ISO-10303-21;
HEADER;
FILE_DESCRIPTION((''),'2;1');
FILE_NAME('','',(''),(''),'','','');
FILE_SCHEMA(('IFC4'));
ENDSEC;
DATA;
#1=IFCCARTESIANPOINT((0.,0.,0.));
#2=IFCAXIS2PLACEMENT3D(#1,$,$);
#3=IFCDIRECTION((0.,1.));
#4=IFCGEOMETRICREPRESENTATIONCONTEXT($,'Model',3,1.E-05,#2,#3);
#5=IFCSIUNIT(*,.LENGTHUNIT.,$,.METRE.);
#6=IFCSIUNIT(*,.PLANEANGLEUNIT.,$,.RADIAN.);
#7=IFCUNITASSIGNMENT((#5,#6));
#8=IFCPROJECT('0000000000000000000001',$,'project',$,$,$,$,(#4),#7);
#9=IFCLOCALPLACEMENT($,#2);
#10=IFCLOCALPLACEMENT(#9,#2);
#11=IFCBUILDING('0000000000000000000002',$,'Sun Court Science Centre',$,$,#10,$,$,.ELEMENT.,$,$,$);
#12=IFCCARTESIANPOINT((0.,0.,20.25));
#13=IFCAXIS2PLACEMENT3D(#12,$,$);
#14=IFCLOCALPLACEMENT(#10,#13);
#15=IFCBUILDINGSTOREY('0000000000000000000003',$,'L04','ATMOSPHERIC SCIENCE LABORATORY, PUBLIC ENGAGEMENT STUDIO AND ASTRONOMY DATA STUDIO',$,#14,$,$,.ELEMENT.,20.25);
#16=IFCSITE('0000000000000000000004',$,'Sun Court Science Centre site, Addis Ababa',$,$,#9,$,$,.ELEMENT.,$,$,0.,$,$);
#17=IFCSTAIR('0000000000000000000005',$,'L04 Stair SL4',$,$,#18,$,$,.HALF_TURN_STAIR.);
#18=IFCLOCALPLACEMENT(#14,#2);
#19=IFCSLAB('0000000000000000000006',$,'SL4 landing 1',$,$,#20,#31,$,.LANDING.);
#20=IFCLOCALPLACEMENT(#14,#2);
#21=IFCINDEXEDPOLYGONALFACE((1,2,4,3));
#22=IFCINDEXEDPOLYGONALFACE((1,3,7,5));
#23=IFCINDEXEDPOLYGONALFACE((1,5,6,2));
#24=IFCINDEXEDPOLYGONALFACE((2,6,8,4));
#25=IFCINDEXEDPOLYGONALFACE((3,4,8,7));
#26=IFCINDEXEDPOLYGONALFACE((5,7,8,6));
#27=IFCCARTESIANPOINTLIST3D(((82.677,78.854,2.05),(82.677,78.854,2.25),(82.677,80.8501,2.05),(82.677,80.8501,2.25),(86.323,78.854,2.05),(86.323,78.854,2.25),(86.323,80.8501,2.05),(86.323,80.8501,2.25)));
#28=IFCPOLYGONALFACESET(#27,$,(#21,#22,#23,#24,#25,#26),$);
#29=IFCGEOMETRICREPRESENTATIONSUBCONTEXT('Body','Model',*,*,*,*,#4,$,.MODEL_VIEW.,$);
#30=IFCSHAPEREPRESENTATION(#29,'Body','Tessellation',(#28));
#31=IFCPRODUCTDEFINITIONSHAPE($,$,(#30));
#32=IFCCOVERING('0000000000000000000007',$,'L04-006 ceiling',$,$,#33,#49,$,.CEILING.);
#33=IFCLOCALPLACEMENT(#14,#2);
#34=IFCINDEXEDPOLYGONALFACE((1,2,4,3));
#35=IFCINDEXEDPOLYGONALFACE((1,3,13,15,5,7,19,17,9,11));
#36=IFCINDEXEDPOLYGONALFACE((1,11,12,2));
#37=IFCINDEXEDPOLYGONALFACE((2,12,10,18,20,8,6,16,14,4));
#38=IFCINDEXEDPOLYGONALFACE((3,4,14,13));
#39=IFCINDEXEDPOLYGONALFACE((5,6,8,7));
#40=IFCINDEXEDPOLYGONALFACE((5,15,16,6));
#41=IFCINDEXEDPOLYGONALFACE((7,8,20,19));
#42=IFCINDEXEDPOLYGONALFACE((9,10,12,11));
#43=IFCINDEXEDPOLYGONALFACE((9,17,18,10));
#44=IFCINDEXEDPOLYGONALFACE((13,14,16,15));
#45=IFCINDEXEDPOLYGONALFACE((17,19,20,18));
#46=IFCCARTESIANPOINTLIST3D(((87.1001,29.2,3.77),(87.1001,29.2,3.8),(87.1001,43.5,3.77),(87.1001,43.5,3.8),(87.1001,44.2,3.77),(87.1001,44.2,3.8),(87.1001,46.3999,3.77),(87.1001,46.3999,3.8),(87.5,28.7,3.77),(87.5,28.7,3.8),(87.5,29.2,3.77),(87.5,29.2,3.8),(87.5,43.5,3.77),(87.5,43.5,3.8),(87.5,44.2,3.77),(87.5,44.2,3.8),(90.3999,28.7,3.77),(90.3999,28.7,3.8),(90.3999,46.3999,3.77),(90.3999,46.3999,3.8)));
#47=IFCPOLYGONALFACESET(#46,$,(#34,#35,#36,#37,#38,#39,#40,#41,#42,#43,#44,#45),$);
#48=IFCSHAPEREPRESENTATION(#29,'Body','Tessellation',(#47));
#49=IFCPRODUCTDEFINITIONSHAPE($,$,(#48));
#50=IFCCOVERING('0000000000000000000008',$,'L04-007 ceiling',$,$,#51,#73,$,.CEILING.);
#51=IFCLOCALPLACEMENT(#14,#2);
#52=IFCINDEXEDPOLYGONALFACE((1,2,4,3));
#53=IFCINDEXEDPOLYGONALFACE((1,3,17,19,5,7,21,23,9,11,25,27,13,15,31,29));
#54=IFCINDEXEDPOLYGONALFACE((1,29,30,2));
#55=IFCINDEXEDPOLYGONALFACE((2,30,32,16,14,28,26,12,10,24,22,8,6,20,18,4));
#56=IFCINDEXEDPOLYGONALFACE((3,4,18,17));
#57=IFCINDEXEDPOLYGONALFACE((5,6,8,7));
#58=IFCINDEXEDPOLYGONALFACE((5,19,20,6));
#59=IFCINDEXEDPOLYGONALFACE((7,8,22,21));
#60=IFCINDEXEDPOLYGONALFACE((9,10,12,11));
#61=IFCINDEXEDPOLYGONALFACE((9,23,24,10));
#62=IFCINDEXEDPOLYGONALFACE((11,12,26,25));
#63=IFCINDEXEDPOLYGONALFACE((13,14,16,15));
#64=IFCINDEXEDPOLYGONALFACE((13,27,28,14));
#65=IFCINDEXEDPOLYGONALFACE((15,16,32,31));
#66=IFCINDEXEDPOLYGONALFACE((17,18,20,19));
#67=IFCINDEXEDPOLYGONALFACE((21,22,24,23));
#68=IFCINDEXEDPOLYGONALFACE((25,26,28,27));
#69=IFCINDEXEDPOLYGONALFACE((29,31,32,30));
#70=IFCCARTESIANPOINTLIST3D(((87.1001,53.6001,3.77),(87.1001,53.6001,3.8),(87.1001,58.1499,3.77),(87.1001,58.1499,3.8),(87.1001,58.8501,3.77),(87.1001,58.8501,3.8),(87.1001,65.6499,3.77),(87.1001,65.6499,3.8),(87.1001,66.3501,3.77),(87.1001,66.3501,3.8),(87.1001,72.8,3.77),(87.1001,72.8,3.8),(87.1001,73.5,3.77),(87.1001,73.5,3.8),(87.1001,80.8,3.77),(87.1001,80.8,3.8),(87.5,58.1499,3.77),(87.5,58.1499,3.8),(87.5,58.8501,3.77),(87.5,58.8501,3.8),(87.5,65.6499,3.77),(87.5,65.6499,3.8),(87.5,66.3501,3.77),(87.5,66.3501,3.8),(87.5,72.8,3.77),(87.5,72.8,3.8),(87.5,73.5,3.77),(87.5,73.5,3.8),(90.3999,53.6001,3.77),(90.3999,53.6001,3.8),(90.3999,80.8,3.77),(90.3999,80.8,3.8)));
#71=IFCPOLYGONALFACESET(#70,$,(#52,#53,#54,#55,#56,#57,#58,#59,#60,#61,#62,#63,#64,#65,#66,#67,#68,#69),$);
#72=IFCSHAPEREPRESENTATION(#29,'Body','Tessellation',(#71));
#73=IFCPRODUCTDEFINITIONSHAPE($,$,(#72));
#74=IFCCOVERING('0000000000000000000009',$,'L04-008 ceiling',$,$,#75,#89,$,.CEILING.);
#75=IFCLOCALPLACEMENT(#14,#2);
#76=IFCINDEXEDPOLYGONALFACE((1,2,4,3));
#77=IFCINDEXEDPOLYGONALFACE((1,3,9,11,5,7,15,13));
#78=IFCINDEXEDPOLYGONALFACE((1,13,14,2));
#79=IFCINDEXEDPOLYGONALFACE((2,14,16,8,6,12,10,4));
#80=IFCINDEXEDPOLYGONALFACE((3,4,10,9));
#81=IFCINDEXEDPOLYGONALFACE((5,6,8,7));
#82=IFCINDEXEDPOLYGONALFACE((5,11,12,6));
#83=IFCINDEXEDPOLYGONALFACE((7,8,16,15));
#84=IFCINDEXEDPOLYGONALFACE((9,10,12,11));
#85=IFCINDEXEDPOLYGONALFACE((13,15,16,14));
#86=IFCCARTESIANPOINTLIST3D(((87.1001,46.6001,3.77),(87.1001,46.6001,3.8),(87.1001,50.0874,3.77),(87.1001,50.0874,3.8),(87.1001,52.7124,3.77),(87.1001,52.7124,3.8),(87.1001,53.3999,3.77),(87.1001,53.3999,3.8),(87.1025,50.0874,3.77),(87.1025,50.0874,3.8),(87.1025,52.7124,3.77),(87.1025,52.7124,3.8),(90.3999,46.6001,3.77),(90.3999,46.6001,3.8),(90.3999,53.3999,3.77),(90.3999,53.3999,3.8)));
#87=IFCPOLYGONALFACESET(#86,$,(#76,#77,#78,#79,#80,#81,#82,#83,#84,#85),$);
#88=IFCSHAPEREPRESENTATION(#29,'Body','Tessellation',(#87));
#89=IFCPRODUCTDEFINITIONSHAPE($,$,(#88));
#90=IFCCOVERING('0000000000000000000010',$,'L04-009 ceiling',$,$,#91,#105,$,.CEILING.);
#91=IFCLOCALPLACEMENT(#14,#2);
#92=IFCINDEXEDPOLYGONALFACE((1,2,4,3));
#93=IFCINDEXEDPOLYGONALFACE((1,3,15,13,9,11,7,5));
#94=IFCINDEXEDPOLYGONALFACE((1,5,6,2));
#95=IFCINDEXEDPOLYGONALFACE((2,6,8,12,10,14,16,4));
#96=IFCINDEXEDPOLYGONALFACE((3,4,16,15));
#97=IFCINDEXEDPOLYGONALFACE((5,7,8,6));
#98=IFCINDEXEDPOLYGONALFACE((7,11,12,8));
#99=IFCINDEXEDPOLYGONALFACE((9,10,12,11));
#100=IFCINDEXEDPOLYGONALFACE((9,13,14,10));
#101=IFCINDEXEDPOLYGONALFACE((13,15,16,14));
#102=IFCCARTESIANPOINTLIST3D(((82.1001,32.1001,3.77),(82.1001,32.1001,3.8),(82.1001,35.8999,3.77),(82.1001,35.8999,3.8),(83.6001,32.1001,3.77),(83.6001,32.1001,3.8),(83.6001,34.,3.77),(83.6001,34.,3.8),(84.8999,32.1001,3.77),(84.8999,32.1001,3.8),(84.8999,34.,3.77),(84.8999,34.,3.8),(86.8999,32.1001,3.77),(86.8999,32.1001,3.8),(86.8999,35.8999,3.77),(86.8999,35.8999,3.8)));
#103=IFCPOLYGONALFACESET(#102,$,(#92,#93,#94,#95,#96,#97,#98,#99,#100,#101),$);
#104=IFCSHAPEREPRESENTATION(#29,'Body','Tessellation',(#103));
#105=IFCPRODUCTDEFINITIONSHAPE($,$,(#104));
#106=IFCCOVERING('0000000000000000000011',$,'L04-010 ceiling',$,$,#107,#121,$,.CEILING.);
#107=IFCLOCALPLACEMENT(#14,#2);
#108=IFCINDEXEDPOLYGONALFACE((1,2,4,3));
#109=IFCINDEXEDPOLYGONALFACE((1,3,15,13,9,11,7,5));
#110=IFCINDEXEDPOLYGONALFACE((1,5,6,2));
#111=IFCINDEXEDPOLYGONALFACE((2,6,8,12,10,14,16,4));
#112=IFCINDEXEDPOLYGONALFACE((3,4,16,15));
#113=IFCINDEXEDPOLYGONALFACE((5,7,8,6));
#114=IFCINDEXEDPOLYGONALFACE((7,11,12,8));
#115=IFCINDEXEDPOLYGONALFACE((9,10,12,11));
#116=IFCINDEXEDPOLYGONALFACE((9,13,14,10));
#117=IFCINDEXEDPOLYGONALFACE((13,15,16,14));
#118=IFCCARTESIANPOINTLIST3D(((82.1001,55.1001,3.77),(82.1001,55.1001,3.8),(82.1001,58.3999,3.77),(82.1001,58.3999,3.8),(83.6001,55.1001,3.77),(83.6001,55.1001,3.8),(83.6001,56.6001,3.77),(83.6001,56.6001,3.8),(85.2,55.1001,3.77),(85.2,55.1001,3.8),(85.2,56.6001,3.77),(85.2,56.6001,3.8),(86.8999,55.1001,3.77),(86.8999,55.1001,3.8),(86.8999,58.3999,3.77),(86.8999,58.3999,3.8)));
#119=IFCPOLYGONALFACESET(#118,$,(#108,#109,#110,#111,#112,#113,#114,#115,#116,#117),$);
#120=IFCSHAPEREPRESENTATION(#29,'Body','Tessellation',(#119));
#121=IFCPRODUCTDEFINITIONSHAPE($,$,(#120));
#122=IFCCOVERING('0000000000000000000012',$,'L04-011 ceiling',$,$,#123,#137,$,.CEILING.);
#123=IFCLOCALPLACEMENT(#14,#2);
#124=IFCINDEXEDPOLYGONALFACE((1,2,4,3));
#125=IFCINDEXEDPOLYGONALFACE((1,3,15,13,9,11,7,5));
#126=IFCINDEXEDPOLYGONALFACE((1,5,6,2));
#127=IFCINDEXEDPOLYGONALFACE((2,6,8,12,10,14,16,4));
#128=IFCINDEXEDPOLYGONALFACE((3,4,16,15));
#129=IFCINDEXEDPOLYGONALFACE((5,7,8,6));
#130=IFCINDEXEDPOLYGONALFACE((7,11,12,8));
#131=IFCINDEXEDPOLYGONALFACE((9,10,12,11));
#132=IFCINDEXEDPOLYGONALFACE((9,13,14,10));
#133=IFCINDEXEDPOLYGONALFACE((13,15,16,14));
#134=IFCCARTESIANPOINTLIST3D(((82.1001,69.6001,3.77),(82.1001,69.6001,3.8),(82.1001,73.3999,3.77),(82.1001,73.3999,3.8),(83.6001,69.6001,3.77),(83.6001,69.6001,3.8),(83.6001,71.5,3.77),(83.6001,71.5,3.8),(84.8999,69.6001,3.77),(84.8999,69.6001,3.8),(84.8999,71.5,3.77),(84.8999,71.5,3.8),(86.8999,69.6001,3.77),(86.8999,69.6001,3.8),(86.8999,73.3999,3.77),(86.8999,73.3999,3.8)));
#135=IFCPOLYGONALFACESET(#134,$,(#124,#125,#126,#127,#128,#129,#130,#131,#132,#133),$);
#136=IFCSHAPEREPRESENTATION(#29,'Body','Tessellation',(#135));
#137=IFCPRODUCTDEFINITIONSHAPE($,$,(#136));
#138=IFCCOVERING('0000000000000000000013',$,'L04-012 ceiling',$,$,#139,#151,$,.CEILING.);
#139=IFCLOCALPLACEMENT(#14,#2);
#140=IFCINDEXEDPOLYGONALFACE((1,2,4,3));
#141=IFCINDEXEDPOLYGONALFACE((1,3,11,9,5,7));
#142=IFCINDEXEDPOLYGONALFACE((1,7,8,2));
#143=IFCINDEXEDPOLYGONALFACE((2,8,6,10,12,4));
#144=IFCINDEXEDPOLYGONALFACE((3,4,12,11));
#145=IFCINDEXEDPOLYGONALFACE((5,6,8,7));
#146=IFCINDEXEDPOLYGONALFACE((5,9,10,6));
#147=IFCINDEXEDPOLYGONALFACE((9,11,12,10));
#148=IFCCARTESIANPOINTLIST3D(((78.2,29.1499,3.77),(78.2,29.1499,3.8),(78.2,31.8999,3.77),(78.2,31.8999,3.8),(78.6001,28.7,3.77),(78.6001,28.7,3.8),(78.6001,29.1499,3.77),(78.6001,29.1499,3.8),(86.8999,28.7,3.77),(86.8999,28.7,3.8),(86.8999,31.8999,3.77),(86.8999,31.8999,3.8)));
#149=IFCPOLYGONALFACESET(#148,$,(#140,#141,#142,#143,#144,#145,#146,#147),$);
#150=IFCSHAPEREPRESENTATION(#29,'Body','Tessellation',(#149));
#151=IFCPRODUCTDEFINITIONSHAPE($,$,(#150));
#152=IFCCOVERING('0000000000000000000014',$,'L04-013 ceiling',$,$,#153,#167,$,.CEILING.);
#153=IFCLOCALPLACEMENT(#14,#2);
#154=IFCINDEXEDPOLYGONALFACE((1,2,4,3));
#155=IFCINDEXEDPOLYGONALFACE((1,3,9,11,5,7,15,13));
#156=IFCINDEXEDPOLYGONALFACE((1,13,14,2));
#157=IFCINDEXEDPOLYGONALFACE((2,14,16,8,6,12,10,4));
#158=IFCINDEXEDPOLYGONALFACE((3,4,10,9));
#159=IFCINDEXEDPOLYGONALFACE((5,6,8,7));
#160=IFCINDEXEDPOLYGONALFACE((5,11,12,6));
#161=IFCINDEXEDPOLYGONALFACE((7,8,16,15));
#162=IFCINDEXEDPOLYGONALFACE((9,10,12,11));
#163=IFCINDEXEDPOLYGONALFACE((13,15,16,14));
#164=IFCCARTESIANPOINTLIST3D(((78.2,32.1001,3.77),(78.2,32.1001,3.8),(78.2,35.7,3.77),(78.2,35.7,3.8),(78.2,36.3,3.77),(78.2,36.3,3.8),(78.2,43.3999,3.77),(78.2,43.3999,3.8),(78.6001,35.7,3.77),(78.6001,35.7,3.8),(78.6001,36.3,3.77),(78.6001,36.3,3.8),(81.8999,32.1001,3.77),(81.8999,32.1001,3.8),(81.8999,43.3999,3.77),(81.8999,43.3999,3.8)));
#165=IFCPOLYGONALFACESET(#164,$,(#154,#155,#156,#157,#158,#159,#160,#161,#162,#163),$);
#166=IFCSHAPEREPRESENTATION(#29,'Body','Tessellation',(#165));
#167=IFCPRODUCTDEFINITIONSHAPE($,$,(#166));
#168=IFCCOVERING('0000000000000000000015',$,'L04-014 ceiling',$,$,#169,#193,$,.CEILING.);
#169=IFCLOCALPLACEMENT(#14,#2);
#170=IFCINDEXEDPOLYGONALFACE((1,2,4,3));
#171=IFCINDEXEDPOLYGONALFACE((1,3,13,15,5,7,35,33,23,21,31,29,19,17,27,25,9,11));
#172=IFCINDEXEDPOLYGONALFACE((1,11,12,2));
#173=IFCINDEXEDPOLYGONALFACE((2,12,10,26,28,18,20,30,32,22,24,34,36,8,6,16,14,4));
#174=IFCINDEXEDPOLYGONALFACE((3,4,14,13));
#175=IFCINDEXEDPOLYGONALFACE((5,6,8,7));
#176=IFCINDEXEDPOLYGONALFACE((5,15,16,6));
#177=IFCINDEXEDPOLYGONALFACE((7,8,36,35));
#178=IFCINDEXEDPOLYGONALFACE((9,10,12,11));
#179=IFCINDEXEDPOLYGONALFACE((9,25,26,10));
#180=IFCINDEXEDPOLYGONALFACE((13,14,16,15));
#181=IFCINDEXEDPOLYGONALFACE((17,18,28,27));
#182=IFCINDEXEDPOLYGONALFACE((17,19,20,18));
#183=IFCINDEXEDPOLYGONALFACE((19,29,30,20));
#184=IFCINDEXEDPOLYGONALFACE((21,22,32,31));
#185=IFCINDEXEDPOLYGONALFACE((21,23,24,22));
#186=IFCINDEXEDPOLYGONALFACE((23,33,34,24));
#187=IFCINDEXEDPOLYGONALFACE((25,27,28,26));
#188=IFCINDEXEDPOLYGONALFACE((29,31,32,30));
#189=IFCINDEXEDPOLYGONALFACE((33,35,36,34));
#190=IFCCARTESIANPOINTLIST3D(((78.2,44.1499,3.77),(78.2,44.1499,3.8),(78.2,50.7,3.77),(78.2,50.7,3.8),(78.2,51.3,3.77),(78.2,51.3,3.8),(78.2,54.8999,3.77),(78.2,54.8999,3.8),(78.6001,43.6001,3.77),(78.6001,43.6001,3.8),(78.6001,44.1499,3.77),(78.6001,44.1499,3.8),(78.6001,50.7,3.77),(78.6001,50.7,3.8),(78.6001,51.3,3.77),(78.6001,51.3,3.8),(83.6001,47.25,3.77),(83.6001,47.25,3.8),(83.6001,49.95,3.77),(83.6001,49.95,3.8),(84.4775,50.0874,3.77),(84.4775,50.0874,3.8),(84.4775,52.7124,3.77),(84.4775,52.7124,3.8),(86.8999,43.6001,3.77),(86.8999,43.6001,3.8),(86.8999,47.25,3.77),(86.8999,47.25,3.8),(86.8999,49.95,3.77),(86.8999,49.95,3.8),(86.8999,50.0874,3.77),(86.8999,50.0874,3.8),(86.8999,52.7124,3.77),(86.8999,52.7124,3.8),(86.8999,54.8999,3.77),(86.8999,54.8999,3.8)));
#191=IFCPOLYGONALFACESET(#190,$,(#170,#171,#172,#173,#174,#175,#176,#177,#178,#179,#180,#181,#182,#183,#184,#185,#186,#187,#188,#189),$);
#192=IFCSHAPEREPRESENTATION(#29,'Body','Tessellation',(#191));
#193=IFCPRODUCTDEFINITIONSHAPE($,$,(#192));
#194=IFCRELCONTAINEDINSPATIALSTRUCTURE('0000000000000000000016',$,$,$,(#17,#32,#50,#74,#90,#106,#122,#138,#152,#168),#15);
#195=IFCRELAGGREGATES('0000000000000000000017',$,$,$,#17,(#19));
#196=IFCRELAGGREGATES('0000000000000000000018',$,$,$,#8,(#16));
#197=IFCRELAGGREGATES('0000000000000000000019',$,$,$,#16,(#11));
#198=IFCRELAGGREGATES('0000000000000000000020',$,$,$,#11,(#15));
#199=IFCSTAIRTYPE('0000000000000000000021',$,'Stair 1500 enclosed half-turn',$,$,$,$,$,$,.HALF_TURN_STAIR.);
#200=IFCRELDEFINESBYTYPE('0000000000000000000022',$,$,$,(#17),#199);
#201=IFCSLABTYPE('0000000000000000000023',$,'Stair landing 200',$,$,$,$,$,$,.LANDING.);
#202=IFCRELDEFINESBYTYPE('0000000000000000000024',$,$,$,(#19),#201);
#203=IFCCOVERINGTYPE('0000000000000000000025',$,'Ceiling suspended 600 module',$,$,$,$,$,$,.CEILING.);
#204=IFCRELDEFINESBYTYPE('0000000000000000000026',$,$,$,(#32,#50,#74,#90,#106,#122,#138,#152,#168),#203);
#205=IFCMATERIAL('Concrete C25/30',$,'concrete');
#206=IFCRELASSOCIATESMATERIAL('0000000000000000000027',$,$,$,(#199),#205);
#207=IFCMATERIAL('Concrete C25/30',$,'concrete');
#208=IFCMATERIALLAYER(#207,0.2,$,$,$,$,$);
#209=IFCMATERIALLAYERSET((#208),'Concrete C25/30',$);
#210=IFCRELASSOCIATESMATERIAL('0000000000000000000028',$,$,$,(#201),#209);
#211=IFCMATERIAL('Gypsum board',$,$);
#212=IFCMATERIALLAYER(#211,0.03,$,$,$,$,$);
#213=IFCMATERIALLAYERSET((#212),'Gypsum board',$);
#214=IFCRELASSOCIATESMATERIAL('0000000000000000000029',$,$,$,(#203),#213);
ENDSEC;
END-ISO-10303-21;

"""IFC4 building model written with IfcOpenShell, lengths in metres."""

from ifc_helpers import new_model, si_unit, direction, frame, origin, place, context, subcontext, project, spatial, polyline, outline, extrude, material, layer, layer_set, type_object, element, aggregate, save


model = new_model("IFC4")

# Units and contexts
model_context = context("Model", 3, precision=1e-05, world=origin(), true_north=direction((0.0, 1.0)))
body_context = subcontext(model_context, "Body", "Model", "MODEL_VIEW")
ifc_project = project(units=[si_unit("LENGTHUNIT", "METRE"), si_unit("PLANEANGLEUNIT", "RADIAN")], contexts=[model_context])

# Site, building, storey
site_placement = place(None, origin())
site = spatial("IfcSite", under=ifc_project, at=site_placement, Name="Sun Court Science Centre site, Addis Ababa", CompositionType="ELEMENT", RefElevation=0.0)
building_placement = place(site_placement, origin())
building = spatial("IfcBuilding", under=site, at=building_placement, Name="Sun Court Science Centre", CompositionType="ELEMENT")
storey_placement = place(building_placement, frame((0.0, 0.0, 20.25)))
storey = spatial("IfcBuildingStorey", under=building, at=storey_placement, Name="L04", Description="ATMOSPHERIC SCIENCE LABORATORY, PUBLIC ENGAGEMENT STUDIO AND ASTRONOMY DATA STUDIO", CompositionType="ELEMENT", Elevation=20.25)

# Stair, slab
ifc_material_1 = material(Name="Concrete C25/30", Category="concrete")
stair_type = type_object("IfcStairType", Name="Stair 1500 enclosed half-turn", PredefinedType="HALF_TURN_STAIR", material=ifc_material_1)
ifc_material_2 = material(Name="Concrete C25/30", Category="concrete")
ifc_layer_1 = layer(ifc_material_2, 0.2)
ifc_layer_set_1 = layer_set([ifc_layer_1], Name="Concrete C25/30")
slab_type_1 = type_object("IfcSlabType", Name="Stair landing 200", PredefinedType="LANDING", material=ifc_layer_set_1)
stair_1_placement = place(storey_placement, origin())
stair_1 = element("IfcStair", 1, at=stair_1_placement, inside=storey, type_object=stair_type, Name="L04 Stair SL4", PredefinedType="HALF_TURN_STAIR")
slab_1_placement = place(storey_placement, frame((0.0, 0.0, 2.05)))
slab_1 = element("IfcSlab", 2, at=slab_1_placement, type_object=slab_type_1, Name="SL4 landing 1", PredefinedType="LANDING", context=body_context, shape_type="SweptSolid", body=[
    extrude(outline(polyline([(86.323, 78.854), (86.323, 80.8501), (82.677, 80.8501), (82.677, 78.854), (86.323, 78.854)])), origin(), (0.0, 0.0, 1.0), 0.2),
])
aggregate(stair_1, [slab_1])

# Coverings
ifc_material_3 = material(Name="Gypsum board")
ifc_layer_2 = layer(ifc_material_3, 0.03)
ifc_layer_set_2 = layer_set([ifc_layer_2], Name="Gypsum board")
covering_type_1 = type_object("IfcCoveringType", Name="Ceiling suspended 600 module", PredefinedType="CEILING", material=ifc_layer_set_2)
covering_1_placement = place(storey_placement, frame((0.0, 0.0, 3.77)))
element("IfcCovering", 3, at=covering_1_placement, inside=storey, type_object=covering_type_1, Name="L04-006 ceiling", PredefinedType="CEILING", context=body_context, shape_type="SweptSolid", body=[
    extrude(outline(polyline([(87.1001, 29.2), (87.1001, 43.5), (87.5, 43.5), (87.5, 44.2), (87.1001, 44.2), (87.1001, 46.3999), (90.3999, 46.3999), (90.3999, 28.7), (87.5, 28.7), (87.5, 29.2), (87.1001, 29.2)])), origin(), (0.0, 0.0, 1.0), 0.03),
])
covering_2_placement = place(storey_placement, frame((0.0, 0.0, 3.77)))
element("IfcCovering", 4, at=covering_2_placement, inside=storey, type_object=covering_type_1, Name="L04-007 ceiling", PredefinedType="CEILING", context=body_context, shape_type="SweptSolid", body=[
    extrude(outline(polyline([(90.3999, 80.8), (90.3999, 53.6001), (87.1001, 53.6001), (87.1001, 58.1499), (87.5, 58.1499), (87.5, 58.8501), (87.1001, 58.8501), (87.1001, 65.6499), (87.5, 65.6499), (87.5, 66.3501), (87.1001, 66.3501), (87.1001, 72.8), (87.5, 72.8), (87.5, 73.5), (87.1001, 73.5), (87.1001, 80.8), (90.3999, 80.8)])), origin(), (0.0, 0.0, 1.0), 0.03),
])
covering_3_placement = place(storey_placement, frame((0.0, 0.0, 3.77)))
element("IfcCovering", 5, at=covering_3_placement, inside=storey, type_object=covering_type_1, Name="L04-008 ceiling", PredefinedType="CEILING", context=body_context, shape_type="SweptSolid", body=[
    extrude(outline(polyline([(90.3999, 46.6001), (87.1001, 46.6001), (87.1001, 50.0874), (87.1025, 50.0874), (87.1025, 52.7124), (87.1001, 52.7124), (87.1001, 53.3999), (90.3999, 53.3999), (90.3999, 46.6001)])), origin(), (0.0, 0.0, 1.0), 0.03),
])
covering_4_placement = place(storey_placement, frame((0.0, 0.0, 3.77)))
element("IfcCovering", 6, at=covering_4_placement, inside=storey, type_object=covering_type_1, Name="L04-009 ceiling", PredefinedType="CEILING", context=body_context, shape_type="SweptSolid", body=[
    extrude(outline(polyline([(84.8999, 34.0), (83.6001, 34.0), (83.6001, 32.1001), (82.1001, 32.1001), (82.1001, 35.8999), (86.8999, 35.8999), (86.8999, 32.1001), (84.8999, 32.1001), (84.8999, 34.0)])), origin(), (0.0, 0.0, 1.0), 0.03),
])
covering_5_placement = place(storey_placement, frame((0.0, 0.0, 3.77)))
element("IfcCovering", 7, at=covering_5_placement, inside=storey, type_object=covering_type_1, Name="L04-010 ceiling", PredefinedType="CEILING", context=body_context, shape_type="SweptSolid", body=[
    extrude(outline(polyline([(85.2, 56.6001), (83.6001, 56.6001), (83.6001, 55.1001), (82.1001, 55.1001), (82.1001, 58.3999), (86.8999, 58.3999), (86.8999, 55.1001), (85.2, 55.1001), (85.2, 56.6001)])), origin(), (0.0, 0.0, 1.0), 0.03),
])
covering_6_placement = place(storey_placement, frame((0.0, 0.0, 3.77)))
element("IfcCovering", 8, at=covering_6_placement, inside=storey, type_object=covering_type_1, Name="L04-011 ceiling", PredefinedType="CEILING", context=body_context, shape_type="SweptSolid", body=[
    extrude(outline(polyline([(84.8999, 71.5), (83.6001, 71.5), (83.6001, 69.6001), (82.1001, 69.6001), (82.1001, 73.3999), (86.8999, 73.3999), (86.8999, 69.6001), (84.8999, 69.6001), (84.8999, 71.5)])), origin(), (0.0, 0.0, 1.0), 0.03),
])
covering_7_placement = place(storey_placement, frame((0.0, 0.0, 3.77)))
element("IfcCovering", 9, at=covering_7_placement, inside=storey, type_object=covering_type_1, Name="L04-012 ceiling", PredefinedType="CEILING", context=body_context, shape_type="SweptSolid", body=[
    extrude(outline(polyline([(78.2, 29.1499), (78.2, 31.8999), (86.8999, 31.8999), (86.8999, 28.7), (78.6001, 28.7), (78.6001, 29.1499), (78.2, 29.1499)])), origin(), (0.0, 0.0, 1.0), 0.03),
])
covering_8_placement = place(storey_placement, frame((0.0, 0.0, 3.77)))
element("IfcCovering", 10, at=covering_8_placement, inside=storey, type_object=covering_type_1, Name="L04-013 ceiling", PredefinedType="CEILING", context=body_context, shape_type="SweptSolid", body=[
    extrude(outline(polyline([(78.2, 43.3999), (81.8999, 43.3999), (81.8999, 32.1001), (78.2, 32.1001), (78.2, 35.7), (78.6001, 35.7), (78.6001, 36.3), (78.2, 36.3), (78.2, 43.3999)])), origin(), (0.0, 0.0, 1.0), 0.03),
])
covering_9_placement = place(storey_placement, frame((0.0, 0.0, 3.77)))
element("IfcCovering", 11, at=covering_9_placement, inside=storey, type_object=covering_type_1, Name="L04-014 ceiling", PredefinedType="CEILING", context=body_context, shape_type="SweptSolid", body=[
    extrude(outline(polyline([(78.2, 54.8999), (86.8999, 54.8999), (86.8999, 52.7124), (84.4775, 52.7124), (84.4775, 50.0874), (86.8999, 50.0874), (86.8999, 49.95), (83.6001, 49.95), (83.6001, 47.25), (86.8999, 47.25), (86.8999, 43.6001), (78.6001, 43.6001), (78.6001, 44.1499), (78.2, 44.1499), (78.2, 50.7), (78.6001, 50.7), (78.6001, 51.3), (78.2, 51.3), (78.2, 54.8999)])), origin(), (0.0, 0.0, 1.0), 0.03),
])

save(model, "model.ifc")
